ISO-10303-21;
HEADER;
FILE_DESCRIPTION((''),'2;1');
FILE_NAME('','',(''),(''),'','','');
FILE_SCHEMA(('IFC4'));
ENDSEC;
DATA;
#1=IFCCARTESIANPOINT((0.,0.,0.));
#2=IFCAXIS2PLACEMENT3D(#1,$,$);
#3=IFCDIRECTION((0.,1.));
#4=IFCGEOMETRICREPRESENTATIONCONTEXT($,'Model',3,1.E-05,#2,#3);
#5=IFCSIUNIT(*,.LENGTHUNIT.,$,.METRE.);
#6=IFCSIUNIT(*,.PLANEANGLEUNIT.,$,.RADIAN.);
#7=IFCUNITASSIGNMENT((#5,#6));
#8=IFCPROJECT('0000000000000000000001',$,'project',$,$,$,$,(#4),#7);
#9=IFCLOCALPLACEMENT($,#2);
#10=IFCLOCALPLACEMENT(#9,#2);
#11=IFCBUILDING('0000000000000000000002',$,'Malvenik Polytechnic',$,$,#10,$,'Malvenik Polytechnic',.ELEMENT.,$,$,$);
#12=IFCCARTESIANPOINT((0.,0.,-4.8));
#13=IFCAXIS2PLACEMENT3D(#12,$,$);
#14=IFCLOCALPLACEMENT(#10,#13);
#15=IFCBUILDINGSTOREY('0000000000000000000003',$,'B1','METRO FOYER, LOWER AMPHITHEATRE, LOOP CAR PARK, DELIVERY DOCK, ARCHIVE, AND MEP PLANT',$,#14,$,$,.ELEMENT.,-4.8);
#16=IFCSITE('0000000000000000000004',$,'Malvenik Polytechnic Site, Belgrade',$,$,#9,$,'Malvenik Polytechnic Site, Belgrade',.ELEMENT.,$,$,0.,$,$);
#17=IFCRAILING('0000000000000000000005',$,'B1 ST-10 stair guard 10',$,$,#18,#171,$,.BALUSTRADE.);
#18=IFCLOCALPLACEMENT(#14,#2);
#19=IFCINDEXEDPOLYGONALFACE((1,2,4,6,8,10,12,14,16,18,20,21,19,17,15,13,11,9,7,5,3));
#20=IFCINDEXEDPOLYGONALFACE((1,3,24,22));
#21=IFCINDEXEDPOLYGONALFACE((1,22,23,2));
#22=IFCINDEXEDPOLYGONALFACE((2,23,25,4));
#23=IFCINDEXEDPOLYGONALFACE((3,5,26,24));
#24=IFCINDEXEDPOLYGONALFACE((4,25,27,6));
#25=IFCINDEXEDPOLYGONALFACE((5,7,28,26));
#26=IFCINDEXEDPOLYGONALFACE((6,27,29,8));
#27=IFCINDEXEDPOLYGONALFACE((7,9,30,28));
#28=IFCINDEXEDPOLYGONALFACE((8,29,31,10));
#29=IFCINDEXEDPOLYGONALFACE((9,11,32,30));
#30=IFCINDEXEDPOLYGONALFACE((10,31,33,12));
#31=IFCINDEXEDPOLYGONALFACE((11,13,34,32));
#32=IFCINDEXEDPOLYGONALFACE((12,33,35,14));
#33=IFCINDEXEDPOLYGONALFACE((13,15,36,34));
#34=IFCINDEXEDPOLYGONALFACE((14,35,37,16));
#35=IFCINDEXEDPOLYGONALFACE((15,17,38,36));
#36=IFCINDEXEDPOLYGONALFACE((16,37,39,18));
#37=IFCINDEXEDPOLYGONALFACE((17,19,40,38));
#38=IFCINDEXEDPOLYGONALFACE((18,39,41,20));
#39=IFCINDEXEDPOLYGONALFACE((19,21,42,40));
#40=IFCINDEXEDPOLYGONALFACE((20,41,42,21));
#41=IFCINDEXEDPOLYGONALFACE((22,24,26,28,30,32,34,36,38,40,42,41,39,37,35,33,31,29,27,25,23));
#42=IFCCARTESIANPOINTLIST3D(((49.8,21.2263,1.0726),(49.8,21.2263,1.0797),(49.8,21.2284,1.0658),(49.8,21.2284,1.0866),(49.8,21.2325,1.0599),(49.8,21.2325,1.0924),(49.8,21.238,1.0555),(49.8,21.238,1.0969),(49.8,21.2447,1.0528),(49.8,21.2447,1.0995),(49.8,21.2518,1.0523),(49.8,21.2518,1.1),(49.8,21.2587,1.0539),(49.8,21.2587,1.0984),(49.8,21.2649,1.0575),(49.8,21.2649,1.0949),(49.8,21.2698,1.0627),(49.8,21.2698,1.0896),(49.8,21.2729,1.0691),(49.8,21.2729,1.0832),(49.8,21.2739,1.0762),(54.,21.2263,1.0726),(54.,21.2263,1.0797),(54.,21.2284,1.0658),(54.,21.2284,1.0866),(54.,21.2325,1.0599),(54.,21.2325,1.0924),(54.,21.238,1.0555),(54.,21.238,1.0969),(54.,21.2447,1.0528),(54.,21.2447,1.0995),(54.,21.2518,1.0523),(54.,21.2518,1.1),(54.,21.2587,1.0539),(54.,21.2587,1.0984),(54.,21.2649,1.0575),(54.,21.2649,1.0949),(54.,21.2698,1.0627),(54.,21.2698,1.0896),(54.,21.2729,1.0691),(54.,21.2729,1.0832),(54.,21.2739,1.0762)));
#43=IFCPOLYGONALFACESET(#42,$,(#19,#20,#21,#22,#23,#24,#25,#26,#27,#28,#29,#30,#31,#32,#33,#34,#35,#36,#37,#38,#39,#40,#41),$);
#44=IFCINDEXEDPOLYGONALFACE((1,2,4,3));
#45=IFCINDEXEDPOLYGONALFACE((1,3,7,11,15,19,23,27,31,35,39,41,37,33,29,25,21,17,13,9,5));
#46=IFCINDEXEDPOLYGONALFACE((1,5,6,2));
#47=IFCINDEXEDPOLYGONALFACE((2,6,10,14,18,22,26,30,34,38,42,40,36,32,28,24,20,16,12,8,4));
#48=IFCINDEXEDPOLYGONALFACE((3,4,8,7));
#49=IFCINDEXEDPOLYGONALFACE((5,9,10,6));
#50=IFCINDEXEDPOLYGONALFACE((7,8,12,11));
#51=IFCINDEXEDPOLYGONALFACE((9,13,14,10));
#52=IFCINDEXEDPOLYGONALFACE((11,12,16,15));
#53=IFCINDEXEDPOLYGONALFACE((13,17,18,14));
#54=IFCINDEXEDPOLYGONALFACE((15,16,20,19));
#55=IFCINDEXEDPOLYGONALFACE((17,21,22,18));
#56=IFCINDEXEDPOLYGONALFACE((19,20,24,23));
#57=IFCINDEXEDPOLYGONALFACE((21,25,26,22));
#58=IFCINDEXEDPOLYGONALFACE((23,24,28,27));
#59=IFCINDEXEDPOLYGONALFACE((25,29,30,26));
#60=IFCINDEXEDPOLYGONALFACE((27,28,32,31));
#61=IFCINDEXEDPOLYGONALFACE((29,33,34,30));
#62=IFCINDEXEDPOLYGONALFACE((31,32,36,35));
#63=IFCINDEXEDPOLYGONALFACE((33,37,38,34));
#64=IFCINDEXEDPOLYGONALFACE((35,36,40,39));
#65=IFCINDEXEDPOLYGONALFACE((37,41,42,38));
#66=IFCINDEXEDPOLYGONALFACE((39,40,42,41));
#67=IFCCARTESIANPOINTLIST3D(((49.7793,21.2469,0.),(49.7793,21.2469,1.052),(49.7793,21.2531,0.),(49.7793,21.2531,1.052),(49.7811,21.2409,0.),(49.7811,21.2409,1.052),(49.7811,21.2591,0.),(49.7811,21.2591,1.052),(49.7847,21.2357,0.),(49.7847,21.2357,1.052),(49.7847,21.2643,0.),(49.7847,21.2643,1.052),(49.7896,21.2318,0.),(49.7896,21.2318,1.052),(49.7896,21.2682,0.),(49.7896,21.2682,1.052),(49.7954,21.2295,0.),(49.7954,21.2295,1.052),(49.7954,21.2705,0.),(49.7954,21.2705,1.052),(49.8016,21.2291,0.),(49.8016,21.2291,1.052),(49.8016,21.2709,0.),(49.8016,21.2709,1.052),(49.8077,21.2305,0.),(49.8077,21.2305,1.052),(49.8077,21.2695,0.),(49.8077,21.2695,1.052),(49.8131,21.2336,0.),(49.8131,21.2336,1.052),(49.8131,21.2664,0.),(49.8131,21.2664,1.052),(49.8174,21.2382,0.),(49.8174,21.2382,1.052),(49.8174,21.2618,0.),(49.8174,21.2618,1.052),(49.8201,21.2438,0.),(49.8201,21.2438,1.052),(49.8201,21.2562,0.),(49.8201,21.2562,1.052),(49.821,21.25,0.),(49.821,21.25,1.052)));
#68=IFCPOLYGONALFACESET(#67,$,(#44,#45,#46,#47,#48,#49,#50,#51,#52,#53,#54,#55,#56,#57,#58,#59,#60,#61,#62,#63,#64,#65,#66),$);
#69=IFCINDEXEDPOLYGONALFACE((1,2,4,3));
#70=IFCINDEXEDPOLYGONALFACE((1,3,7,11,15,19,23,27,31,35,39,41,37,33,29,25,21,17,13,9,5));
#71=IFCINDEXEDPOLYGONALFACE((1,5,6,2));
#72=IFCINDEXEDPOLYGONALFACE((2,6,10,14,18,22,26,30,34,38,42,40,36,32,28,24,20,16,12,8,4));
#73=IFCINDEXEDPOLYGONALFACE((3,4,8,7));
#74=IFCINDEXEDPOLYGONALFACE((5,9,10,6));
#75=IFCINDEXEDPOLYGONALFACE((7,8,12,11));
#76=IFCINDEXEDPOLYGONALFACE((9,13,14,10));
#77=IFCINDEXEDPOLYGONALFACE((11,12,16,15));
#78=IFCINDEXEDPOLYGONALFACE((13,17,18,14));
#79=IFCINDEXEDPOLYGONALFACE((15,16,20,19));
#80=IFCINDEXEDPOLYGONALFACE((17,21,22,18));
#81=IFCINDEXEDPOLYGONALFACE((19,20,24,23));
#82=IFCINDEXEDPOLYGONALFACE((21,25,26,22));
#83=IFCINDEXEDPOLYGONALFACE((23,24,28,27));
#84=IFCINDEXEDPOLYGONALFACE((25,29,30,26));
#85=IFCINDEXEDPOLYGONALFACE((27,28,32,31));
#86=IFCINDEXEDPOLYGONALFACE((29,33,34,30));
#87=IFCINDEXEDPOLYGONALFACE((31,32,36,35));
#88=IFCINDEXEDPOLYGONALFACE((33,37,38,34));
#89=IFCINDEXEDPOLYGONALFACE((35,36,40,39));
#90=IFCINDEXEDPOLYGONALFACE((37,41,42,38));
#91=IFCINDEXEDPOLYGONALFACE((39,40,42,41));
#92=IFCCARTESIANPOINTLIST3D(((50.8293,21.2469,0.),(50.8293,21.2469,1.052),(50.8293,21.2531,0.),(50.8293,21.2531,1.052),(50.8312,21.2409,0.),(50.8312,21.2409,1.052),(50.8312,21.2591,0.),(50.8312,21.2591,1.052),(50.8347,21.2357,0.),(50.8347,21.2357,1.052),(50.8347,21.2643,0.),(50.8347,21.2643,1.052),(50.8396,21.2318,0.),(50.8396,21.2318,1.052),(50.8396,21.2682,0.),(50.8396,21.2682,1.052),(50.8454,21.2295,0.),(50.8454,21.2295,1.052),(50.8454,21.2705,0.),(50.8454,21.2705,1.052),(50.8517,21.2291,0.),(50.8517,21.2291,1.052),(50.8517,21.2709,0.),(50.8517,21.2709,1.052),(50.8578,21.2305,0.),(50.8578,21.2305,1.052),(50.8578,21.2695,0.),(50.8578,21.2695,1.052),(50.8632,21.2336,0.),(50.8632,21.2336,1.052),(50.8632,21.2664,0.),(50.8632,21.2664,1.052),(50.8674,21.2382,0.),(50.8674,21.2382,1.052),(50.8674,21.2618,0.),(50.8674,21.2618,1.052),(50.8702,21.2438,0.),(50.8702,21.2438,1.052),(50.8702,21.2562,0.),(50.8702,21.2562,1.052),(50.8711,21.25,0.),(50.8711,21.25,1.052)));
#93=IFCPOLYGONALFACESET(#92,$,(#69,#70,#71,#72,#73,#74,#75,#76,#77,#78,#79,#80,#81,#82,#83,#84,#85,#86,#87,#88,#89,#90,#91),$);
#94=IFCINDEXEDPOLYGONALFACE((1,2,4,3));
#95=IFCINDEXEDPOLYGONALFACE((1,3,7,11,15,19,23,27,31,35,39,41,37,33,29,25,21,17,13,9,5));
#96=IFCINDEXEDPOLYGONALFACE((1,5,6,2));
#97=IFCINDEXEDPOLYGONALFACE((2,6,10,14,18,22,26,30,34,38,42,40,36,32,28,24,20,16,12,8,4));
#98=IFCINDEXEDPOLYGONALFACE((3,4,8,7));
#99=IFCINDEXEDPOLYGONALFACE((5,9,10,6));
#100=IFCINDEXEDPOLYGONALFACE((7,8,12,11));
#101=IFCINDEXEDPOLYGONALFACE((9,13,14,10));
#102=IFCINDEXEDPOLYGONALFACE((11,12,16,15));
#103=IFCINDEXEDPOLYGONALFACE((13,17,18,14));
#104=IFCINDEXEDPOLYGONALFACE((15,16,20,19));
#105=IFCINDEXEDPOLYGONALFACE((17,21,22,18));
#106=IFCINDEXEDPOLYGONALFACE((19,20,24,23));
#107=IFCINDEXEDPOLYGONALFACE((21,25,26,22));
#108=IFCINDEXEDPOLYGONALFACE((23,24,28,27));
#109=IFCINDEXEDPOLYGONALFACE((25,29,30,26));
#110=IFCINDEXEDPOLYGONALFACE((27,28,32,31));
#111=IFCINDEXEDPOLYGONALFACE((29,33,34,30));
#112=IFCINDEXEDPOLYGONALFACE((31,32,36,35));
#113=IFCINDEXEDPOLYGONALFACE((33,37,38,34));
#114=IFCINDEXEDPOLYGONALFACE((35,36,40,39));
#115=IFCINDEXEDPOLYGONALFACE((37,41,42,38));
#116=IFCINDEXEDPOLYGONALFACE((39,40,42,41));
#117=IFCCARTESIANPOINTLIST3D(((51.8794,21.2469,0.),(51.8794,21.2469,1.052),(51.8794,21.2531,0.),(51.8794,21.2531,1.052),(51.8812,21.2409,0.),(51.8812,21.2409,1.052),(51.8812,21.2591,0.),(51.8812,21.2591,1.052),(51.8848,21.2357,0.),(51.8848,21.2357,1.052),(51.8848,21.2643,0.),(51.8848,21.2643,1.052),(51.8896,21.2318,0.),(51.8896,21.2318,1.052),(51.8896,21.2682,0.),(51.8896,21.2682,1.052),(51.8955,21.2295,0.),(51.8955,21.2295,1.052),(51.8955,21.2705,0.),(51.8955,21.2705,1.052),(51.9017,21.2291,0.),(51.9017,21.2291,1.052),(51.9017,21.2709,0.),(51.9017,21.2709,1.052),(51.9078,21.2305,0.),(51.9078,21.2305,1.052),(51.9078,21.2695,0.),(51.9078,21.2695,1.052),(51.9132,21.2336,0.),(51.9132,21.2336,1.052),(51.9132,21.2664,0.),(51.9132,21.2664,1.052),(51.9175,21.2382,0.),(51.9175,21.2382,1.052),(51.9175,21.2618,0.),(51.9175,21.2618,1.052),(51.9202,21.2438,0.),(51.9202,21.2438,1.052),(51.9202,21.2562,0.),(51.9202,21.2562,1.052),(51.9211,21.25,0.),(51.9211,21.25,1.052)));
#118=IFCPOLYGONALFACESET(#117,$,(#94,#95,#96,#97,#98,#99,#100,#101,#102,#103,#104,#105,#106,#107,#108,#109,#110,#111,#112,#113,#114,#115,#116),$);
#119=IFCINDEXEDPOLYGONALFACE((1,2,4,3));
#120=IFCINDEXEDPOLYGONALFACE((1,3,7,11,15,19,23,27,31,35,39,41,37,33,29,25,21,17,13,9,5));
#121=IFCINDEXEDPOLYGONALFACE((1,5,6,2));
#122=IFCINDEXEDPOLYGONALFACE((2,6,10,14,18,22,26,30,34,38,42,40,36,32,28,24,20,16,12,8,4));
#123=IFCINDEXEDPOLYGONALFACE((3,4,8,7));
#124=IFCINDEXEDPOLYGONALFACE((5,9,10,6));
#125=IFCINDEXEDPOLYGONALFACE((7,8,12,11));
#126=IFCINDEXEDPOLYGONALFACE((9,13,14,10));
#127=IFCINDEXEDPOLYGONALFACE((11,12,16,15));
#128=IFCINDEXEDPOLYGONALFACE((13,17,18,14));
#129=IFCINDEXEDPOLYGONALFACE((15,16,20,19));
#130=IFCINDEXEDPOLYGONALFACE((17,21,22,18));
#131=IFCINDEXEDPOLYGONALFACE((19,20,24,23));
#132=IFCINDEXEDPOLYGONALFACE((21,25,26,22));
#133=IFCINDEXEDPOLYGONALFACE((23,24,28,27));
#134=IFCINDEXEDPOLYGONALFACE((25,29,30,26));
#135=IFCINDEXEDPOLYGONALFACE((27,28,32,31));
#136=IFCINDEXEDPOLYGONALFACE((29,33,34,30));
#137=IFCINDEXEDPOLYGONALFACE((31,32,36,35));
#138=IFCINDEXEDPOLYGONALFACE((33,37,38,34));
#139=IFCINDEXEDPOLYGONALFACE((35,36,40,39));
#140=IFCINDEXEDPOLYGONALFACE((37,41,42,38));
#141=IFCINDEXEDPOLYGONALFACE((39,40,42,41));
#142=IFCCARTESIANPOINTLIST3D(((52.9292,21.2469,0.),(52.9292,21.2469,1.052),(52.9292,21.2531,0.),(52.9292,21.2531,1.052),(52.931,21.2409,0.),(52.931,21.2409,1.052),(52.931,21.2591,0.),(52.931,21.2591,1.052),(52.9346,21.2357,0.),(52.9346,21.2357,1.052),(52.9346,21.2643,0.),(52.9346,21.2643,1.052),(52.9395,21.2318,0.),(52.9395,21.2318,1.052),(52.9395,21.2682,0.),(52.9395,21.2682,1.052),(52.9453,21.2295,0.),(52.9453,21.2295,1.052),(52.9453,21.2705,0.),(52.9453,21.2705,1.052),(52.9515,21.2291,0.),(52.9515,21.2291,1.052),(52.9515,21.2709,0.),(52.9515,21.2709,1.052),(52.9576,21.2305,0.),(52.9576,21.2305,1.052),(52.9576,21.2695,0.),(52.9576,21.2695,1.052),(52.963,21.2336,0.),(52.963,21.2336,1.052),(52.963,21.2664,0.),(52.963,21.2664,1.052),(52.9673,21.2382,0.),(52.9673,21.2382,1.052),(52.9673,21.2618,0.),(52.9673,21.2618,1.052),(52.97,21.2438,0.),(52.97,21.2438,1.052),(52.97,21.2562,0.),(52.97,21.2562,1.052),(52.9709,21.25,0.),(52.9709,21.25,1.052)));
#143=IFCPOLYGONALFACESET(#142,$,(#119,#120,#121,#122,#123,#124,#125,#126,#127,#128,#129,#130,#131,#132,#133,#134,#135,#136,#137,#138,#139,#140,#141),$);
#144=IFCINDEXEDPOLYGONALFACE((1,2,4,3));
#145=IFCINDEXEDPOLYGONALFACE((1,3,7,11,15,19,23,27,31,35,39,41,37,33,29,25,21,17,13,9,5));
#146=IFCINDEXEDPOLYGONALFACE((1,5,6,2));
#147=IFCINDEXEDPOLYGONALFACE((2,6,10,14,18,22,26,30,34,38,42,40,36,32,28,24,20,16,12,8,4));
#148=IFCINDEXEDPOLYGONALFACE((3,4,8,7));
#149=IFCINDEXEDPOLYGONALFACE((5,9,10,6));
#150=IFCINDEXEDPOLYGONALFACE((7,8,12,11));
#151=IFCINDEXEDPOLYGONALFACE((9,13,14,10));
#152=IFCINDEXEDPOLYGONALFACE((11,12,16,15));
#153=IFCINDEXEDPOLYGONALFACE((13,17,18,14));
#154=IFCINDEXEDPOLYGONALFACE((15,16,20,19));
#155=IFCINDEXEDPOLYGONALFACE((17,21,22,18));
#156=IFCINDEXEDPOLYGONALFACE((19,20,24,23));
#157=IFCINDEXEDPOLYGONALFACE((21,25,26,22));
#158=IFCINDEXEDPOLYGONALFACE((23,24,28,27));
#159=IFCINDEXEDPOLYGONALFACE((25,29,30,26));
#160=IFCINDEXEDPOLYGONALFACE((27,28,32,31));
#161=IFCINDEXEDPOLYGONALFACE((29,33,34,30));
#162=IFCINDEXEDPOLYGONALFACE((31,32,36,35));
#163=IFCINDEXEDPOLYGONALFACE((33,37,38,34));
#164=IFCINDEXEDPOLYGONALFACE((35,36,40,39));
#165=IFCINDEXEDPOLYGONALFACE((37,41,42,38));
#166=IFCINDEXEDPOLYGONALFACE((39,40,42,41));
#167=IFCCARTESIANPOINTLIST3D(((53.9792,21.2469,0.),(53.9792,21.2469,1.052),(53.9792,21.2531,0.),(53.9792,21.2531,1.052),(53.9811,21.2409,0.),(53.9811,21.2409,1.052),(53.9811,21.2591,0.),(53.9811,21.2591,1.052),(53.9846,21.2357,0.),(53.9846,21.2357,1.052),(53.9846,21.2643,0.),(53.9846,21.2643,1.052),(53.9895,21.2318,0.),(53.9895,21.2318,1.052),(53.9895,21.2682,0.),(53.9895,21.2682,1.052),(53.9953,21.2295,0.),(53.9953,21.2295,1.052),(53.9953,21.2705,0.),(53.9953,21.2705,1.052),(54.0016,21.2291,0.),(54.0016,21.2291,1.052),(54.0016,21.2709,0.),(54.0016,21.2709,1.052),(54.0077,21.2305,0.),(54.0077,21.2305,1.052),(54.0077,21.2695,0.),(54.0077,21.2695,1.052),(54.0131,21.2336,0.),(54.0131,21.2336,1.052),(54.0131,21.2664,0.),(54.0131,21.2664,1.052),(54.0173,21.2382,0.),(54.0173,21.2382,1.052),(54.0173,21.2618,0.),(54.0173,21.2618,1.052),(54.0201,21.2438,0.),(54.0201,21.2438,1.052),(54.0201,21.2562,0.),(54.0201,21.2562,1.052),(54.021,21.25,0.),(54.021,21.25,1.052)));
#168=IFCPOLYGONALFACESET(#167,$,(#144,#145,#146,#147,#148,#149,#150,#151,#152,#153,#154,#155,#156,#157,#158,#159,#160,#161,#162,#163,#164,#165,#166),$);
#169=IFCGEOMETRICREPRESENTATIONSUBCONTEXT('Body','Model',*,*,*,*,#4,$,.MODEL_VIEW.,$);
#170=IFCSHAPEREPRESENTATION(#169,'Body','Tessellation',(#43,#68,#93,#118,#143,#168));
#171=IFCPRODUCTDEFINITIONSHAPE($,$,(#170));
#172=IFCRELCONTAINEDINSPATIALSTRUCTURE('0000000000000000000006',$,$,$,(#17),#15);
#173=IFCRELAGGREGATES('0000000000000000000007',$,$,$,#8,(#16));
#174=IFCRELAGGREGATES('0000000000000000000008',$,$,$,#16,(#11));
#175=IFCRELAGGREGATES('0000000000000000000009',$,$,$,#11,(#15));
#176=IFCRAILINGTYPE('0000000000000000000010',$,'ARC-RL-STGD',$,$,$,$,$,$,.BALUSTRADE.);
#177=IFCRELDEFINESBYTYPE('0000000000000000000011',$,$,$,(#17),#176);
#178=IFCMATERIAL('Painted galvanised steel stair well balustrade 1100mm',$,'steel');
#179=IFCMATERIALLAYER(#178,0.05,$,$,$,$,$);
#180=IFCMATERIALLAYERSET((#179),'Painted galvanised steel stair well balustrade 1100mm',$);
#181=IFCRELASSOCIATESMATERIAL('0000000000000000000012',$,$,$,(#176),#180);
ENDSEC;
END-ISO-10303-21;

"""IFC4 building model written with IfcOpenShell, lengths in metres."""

from ifc_helpers import new_model, si_unit, direction, frame, origin, origin_2d, place, context, subcontext, project, spatial, circle, extrude, material, layer, layer_set, type_object, element, save


model = new_model("IFC4")

# Units and contexts
model_context = context("Model", 3, precision=1e-05, world=origin(), true_north=direction((0.0, 1.0)))
body_context = subcontext(model_context, "Body", "Model", "MODEL_VIEW")
ifc_project = project(units=[si_unit("LENGTHUNIT", "METRE"), si_unit("PLANEANGLEUNIT", "RADIAN")], contexts=[model_context])

# Site, building, storey
site_placement = place(None, origin())
site = spatial("IfcSite", under=ifc_project, at=site_placement, Name="Malvenik Polytechnic Site, Belgrade", LongName="Malvenik Polytechnic Site, Belgrade", CompositionType="ELEMENT", RefElevation=0.0)
building_placement = place(site_placement, origin())
building = spatial("IfcBuilding", under=site, at=building_placement, Name="Malvenik Polytechnic", LongName="Malvenik Polytechnic", CompositionType="ELEMENT")
storey_placement = place(building_placement, frame((0.0, 0.0, -4.8)))
storey = spatial("IfcBuildingStorey", under=building, at=storey_placement, Name="B1", Description="METRO FOYER, LOWER AMPHITHEATRE, LOOP CAR PARK, DELIVERY DOCK, ARCHIVE, AND MEP PLANT", CompositionType="ELEMENT", Elevation=-4.8)

# Railing
ifc_material_1 = material(Name="Painted galvanised steel stair well balustrade 1100mm", Category="steel")
ifc_layer_1 = layer(ifc_material_1, 0.05)
ifc_layer_set_1 = layer_set([ifc_layer_1], Name="Painted galvanised steel stair well balustrade 1100mm")
railing_type_1 = type_object("IfcRailingType", Name="ARC-RL-STGD", PredefinedType="BALUSTRADE", material=ifc_layer_set_1)
railing_1_placement = place(storey_placement, frame((49.8, 21.25, 0.0)))
element("IfcRailing", 1, at=railing_1_placement, inside=storey, type_object=railing_type_1, Name="B1 ST-10 stair guard 10", PredefinedType="BALUSTRADE", context=body_context, shape_type="SweptSolid", body=[
    extrude(circle(Radius=0.0239, at=origin_2d()), frame((0.0, 0.0, 1.0762), z_axis=(1.0, 0.0, 0.0), x_axis=(0.0, 1.0, 0.0)), (0.0, 0.0, 1.0), 4.2),
    extrude(circle(Radius=0.021, at=origin_2d()), origin(), (0.0, 0.0, 1.0), 1.052),
    extrude(circle(Radius=0.021, at=origin_2d()), frame((1.05, 0.0, 0.0)), (0.0, 0.0, 1.0), 1.052),
    extrude(circle(Radius=0.021, at=origin_2d()), frame((2.1001, 0.0, 0.0)), (0.0, 0.0, 1.0), 1.052),
    extrude(circle(Radius=0.021, at=origin_2d()), frame((3.1499, 0.0, 0.0)), (0.0, 0.0, 1.0), 1.052),
    extrude(circle(Radius=0.021, at=origin_2d()), frame((4.2, 0.0, 0.0)), (0.0, 0.0, 1.0), 1.052),
])

save(model, "model.ifc")
